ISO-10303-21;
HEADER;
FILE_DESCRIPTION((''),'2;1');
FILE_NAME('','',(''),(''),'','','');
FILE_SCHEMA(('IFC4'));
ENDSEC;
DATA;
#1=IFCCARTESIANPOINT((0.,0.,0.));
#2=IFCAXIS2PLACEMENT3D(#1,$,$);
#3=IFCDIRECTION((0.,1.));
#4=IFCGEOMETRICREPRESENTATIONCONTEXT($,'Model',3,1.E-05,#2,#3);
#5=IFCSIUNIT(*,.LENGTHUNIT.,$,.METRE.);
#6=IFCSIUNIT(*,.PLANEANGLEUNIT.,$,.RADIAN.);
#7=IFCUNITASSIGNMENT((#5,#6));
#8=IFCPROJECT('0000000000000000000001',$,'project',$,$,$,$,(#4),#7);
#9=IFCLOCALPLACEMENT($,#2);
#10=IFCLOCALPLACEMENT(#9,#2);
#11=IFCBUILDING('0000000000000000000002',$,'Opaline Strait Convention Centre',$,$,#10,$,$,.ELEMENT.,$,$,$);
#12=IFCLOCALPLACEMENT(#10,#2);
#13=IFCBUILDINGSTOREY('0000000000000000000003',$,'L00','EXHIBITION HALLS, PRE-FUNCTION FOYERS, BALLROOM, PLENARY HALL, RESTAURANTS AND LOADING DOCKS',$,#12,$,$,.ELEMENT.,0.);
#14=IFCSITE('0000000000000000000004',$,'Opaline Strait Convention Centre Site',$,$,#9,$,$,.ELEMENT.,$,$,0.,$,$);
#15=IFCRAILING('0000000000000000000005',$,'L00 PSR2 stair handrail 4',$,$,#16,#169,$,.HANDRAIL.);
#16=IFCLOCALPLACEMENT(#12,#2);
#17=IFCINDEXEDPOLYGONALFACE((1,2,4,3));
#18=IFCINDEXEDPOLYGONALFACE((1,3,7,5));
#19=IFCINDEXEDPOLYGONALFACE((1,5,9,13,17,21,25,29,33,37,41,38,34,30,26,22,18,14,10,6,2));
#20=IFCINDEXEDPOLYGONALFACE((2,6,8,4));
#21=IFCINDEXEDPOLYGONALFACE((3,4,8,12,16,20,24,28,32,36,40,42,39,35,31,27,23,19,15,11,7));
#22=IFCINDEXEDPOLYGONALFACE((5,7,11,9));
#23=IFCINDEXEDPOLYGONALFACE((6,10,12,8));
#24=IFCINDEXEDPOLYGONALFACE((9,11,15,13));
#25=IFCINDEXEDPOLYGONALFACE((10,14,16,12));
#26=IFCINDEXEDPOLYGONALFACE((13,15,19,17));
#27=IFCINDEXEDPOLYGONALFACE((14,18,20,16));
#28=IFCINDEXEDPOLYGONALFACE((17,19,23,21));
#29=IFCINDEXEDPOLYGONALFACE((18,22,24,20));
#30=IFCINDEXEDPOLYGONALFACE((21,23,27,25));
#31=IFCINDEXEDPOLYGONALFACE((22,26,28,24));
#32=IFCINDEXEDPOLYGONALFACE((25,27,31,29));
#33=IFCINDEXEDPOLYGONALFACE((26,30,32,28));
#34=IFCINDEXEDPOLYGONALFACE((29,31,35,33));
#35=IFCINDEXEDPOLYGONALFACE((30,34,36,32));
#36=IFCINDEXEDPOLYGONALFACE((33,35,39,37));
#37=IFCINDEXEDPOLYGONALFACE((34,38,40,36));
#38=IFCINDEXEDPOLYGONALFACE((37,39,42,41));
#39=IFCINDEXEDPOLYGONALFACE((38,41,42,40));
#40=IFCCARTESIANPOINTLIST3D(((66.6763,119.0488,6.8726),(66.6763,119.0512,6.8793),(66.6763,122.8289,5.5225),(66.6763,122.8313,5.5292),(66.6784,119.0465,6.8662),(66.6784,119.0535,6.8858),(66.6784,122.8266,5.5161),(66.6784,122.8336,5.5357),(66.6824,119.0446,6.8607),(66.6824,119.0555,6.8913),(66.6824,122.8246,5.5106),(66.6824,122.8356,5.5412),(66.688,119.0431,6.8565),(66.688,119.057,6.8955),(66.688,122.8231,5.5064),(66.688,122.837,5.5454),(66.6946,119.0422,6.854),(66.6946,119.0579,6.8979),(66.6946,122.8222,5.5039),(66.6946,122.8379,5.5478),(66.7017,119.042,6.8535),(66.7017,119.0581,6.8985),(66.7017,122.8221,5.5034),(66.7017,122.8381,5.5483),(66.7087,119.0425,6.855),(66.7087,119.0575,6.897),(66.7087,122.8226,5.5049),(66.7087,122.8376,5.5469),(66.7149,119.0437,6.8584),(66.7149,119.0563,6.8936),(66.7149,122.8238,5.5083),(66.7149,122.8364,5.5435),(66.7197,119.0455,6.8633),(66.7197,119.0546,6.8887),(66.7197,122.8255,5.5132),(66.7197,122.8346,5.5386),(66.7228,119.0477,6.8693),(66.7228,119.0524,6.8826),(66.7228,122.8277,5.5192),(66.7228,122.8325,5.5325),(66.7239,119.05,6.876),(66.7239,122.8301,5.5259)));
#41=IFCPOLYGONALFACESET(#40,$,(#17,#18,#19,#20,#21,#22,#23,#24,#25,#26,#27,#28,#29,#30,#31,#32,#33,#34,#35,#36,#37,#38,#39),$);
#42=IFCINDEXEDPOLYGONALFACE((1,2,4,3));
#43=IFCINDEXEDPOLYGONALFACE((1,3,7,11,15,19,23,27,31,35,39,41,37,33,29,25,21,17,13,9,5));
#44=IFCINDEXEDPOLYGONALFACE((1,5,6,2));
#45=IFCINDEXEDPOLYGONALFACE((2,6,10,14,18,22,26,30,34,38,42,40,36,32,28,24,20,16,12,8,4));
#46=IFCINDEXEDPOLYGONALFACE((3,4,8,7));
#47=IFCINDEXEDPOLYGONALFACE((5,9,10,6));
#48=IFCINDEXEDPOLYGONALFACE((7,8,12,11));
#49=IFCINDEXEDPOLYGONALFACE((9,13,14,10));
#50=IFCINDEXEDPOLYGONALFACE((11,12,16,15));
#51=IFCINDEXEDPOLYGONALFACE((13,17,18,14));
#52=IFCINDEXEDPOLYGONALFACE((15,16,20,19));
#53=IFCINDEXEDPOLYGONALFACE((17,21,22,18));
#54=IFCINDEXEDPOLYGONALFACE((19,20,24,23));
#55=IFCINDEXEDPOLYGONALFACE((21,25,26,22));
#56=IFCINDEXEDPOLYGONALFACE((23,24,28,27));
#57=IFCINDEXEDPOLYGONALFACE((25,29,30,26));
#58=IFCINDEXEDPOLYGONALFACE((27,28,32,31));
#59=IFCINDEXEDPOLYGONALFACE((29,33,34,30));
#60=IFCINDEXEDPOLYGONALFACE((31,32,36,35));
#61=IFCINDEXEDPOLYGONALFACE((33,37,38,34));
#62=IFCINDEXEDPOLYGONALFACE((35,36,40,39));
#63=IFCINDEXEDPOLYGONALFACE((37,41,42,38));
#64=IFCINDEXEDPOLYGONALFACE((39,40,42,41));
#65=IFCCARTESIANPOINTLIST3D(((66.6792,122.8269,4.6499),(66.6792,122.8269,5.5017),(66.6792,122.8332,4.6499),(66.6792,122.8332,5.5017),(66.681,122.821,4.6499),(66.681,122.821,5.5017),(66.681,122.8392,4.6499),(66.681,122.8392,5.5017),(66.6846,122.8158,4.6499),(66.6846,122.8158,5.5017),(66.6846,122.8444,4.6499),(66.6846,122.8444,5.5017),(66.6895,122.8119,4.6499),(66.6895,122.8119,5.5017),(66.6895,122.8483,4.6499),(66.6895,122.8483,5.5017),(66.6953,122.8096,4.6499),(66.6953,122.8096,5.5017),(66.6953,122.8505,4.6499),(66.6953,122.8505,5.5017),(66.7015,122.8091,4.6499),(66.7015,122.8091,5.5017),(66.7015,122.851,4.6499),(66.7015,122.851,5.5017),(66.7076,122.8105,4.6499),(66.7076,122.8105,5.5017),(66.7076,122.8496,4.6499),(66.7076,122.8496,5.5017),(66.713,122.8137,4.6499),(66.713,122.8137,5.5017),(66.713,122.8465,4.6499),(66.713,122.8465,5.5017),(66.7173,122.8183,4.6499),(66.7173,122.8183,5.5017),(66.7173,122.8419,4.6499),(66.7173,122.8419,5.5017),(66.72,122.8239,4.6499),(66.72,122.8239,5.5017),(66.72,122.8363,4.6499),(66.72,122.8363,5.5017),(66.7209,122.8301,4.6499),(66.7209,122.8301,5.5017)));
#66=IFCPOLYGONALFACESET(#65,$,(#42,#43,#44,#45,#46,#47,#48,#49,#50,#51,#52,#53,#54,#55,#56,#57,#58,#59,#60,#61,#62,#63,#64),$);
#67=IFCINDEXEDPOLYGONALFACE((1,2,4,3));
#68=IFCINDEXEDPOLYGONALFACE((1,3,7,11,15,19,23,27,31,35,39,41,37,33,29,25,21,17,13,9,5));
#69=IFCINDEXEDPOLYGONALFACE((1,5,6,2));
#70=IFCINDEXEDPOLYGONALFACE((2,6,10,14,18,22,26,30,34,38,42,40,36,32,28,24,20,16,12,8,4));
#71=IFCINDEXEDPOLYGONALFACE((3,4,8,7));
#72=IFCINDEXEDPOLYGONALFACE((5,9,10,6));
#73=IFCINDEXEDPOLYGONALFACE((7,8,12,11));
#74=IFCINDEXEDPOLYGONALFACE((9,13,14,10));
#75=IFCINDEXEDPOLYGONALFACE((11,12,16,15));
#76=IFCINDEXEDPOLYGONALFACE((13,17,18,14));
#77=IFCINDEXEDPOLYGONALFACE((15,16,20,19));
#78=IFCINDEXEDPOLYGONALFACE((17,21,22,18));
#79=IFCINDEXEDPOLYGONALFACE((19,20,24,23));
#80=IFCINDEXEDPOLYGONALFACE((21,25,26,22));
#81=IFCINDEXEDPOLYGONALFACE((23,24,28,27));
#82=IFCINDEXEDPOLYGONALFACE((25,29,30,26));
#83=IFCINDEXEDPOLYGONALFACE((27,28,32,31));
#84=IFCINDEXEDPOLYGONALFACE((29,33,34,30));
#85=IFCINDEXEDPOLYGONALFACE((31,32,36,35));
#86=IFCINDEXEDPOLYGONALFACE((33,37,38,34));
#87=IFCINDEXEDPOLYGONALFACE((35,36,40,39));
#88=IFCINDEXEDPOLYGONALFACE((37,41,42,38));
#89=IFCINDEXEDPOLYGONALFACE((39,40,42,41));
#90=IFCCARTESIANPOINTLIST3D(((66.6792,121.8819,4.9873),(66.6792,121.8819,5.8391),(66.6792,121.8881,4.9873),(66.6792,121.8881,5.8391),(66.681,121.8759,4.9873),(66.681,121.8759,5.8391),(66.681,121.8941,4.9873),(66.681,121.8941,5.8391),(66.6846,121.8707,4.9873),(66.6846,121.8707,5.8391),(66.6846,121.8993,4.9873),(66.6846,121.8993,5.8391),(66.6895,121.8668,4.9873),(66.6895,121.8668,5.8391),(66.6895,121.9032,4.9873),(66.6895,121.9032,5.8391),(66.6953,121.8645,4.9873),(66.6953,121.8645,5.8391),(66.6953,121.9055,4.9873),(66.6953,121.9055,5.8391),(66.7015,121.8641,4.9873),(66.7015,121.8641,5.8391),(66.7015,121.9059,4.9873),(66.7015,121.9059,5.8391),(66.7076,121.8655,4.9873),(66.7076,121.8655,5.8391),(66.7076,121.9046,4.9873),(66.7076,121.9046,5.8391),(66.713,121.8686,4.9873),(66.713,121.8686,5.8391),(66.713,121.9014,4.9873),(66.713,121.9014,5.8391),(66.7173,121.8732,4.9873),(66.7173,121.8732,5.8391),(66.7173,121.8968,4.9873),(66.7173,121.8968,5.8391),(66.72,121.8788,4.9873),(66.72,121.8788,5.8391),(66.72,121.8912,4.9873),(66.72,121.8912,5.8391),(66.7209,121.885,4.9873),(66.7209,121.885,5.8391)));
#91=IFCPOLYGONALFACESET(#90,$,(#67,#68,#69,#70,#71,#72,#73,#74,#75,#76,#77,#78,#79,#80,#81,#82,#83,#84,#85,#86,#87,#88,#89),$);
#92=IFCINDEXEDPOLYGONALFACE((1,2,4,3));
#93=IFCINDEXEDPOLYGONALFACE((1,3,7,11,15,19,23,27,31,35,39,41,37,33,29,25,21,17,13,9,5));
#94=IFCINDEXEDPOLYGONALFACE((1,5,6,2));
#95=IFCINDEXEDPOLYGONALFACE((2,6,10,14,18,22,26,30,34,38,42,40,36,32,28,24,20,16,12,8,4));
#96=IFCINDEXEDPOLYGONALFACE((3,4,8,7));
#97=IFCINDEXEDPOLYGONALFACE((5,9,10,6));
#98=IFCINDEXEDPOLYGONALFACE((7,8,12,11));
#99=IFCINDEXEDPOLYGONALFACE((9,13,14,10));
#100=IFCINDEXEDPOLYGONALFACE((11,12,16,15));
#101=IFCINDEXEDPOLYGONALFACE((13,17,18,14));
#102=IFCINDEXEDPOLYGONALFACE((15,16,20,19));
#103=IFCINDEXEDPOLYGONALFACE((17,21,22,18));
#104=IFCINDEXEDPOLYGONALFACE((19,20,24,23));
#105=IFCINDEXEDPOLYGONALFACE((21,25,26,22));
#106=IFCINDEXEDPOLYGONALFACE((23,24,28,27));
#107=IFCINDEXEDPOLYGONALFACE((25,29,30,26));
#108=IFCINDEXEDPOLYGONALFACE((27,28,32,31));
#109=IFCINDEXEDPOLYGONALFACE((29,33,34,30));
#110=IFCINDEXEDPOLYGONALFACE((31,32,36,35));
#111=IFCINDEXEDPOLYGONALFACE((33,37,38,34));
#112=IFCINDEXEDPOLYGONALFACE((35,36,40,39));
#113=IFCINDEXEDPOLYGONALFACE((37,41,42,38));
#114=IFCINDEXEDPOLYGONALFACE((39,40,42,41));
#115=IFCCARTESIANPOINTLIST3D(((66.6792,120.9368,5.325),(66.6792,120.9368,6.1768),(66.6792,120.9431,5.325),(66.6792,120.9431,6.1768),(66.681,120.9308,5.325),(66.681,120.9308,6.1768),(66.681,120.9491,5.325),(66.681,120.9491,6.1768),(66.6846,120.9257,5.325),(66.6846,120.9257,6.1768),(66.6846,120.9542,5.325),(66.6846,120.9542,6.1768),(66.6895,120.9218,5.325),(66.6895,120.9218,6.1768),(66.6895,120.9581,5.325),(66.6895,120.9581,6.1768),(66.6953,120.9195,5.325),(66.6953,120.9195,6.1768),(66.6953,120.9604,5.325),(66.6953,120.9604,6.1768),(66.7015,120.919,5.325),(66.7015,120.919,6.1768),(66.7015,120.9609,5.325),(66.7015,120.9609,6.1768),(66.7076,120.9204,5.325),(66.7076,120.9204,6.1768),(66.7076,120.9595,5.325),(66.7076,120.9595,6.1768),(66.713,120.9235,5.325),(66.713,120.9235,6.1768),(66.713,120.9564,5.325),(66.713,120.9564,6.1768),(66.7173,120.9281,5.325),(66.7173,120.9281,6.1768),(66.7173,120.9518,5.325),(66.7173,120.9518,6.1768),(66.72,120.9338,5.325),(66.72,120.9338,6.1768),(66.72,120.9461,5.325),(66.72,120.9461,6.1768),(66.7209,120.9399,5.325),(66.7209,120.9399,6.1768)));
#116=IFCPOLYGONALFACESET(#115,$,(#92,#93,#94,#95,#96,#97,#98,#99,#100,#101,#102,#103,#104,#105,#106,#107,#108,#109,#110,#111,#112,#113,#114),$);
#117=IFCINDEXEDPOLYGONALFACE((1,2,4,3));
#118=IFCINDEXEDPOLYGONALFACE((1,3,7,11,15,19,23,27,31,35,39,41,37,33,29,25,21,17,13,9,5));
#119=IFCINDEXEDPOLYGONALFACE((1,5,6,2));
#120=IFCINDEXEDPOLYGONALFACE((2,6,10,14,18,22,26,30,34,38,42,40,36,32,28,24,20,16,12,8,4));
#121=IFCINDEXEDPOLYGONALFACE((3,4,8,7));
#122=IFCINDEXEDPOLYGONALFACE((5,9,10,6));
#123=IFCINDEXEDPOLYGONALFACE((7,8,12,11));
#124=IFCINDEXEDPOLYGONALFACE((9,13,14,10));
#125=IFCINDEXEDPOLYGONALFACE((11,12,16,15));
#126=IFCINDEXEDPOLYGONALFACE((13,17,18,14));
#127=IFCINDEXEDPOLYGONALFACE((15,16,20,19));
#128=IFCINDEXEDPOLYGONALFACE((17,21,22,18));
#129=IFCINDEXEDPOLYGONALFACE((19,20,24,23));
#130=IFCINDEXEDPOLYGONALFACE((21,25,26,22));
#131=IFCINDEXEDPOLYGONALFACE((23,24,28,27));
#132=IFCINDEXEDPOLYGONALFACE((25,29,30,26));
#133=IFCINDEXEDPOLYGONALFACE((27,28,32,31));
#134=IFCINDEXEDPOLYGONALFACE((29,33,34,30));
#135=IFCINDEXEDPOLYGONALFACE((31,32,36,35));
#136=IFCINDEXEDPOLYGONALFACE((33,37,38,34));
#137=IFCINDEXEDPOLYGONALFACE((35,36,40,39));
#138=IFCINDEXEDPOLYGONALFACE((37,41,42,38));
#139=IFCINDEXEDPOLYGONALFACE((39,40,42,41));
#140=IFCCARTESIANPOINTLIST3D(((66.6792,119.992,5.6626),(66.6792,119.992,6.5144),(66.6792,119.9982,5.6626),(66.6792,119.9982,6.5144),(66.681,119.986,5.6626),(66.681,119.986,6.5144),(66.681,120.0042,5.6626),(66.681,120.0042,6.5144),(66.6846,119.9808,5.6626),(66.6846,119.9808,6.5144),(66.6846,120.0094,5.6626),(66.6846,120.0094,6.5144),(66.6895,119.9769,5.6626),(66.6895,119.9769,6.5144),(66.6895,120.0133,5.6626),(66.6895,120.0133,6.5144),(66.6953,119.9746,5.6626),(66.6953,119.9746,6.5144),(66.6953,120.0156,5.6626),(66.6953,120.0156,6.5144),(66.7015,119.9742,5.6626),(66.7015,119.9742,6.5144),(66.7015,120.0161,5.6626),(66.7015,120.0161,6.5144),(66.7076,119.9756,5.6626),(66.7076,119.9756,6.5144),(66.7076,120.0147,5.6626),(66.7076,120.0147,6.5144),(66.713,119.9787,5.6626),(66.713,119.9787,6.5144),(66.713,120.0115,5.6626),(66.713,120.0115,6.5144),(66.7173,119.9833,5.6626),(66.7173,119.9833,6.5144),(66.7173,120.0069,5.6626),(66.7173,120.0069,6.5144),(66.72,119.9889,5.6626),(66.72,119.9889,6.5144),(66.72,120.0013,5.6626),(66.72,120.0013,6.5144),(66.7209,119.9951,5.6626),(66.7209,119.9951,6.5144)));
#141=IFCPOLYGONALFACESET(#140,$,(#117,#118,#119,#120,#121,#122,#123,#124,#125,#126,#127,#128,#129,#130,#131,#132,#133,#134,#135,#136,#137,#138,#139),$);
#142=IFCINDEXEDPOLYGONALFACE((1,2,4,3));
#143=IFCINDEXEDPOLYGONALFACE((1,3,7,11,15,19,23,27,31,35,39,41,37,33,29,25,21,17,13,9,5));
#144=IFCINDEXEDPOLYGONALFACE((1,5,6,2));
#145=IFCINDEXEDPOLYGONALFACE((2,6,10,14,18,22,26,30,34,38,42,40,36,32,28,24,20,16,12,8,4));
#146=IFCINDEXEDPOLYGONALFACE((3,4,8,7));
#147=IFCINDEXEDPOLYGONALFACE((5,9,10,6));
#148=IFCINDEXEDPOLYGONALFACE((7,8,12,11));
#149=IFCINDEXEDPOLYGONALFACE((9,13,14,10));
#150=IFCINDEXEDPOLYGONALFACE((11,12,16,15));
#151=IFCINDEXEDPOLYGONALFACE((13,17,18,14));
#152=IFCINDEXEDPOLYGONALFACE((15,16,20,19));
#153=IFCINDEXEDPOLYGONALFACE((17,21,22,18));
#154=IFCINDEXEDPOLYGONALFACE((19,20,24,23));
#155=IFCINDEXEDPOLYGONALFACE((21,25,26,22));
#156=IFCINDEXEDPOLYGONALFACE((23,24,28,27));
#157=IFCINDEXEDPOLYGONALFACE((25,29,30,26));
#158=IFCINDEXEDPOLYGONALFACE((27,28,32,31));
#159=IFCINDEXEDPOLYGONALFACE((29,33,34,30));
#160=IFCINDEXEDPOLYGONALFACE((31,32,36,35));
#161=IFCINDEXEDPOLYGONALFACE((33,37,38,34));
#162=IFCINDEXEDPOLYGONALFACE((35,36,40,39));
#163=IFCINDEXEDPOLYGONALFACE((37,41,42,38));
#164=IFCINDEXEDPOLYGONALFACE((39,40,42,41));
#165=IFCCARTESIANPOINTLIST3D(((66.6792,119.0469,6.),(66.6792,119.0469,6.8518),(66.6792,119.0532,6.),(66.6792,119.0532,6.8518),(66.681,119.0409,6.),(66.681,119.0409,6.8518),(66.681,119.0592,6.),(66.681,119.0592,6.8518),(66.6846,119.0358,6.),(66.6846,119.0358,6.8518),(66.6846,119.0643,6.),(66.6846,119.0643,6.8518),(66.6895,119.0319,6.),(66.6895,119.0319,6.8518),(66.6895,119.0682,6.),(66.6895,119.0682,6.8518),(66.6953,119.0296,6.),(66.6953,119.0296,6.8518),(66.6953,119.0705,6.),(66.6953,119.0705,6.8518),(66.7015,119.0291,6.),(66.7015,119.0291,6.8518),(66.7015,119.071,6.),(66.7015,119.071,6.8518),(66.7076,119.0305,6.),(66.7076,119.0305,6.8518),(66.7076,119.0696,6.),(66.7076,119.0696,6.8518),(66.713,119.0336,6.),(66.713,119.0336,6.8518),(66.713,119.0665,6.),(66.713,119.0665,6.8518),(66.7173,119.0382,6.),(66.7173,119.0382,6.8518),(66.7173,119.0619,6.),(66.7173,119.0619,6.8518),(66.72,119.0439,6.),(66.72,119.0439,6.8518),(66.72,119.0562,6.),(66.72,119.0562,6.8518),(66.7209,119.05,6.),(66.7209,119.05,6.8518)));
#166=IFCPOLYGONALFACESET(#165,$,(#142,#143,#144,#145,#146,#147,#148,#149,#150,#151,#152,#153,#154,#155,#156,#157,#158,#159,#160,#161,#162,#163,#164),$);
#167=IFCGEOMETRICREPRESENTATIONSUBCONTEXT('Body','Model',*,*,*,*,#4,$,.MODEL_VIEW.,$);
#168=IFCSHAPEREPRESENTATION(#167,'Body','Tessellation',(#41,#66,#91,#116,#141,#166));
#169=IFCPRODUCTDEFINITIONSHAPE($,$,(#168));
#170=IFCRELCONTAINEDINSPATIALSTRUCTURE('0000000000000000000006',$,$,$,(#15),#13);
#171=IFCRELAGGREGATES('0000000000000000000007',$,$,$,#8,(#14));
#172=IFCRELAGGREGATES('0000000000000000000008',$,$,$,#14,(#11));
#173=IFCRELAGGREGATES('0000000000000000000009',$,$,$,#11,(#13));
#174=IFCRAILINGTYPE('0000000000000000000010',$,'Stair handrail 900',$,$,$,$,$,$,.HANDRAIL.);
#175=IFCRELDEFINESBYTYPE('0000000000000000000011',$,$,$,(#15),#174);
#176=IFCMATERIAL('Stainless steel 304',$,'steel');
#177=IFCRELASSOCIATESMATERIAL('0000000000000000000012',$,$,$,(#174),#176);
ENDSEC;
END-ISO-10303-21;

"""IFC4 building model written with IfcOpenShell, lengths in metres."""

from ifc_helpers import new_model, si_unit, direction, frame, origin, origin_2d, place, context, subcontext, project, spatial, circle, extrude, material, type_object, element, save


model = new_model("IFC4")

# Units and contexts
model_context = context("Model", 3, precision=1e-05, world=origin(), true_north=direction((0.0, 1.0)))
body_context = subcontext(model_context, "Body", "Model", "MODEL_VIEW")
ifc_project = project(units=[si_unit("LENGTHUNIT", "METRE"), si_unit("PLANEANGLEUNIT", "RADIAN")], contexts=[model_context])

# Site, building, storey
site_placement = place(None, origin())
site = spatial("IfcSite", under=ifc_project, at=site_placement, Name="Opaline Strait Convention Centre Site", CompositionType="ELEMENT", RefElevation=0.0)
building_placement = place(site_placement, origin())
building = spatial("IfcBuilding", under=site, at=building_placement, Name="Opaline Strait Convention Centre", CompositionType="ELEMENT")
storey_placement = place(building_placement, origin())
storey = spatial("IfcBuildingStorey", under=building, at=storey_placement, Name="L00", Description="EXHIBITION HALLS, PRE-FUNCTION FOYERS, BALLROOM, PLENARY HALL, RESTAURANTS AND LOADING DOCKS", CompositionType="ELEMENT", Elevation=0.0)

# Railing
ifc_material_1 = material(Name="Stainless steel 304", Category="steel")
railing_type_1 = type_object("IfcRailingType", Name="Stair handrail 900", PredefinedType="HANDRAIL", material=ifc_material_1)
railing_1_placement = place(storey_placement, frame((66.7, 122.8301, 4.6499)))
element("IfcRailing", 1, at=railing_1_placement, inside=storey, type_object=railing_type_1, Name="L00 PSR2 stair handrail 4", PredefinedType="HANDRAIL", context=body_context, shape_type="SweptSolid", body=[
    extrude(circle(Radius=0.0239, at=origin_2d()), frame((0.0, 0.0, 0.876), z_axis=(0.0, -0.941735, 0.336356), x_axis=(1.0, 0.0, 0.0)), (0.0, 0.0, 1.0), 4.0139),
    extrude(circle(Radius=0.021, at=origin_2d()), origin(), (0.0, 0.0, 1.0), 0.8518),
    extrude(circle(Radius=0.021, at=origin_2d()), frame((0.0, -0.9451, 0.3374)), (0.0, 0.0, 1.0), 0.8518),
    extrude(circle(Radius=0.021, at=origin_2d()), frame((0.0, -1.8901, 0.675)), (0.0, 0.0, 1.0), 0.8518),
    extrude(circle(Radius=0.021, at=origin_2d()), frame((0.0, -2.835, 1.0127)), (0.0, 0.0, 1.0), 0.8518),
    extrude(circle(Radius=0.021, at=origin_2d()), frame((0.0, -3.78, 1.3501)), (0.0, 0.0, 1.0), 0.8518),
])

save(model, "model.ifc")
